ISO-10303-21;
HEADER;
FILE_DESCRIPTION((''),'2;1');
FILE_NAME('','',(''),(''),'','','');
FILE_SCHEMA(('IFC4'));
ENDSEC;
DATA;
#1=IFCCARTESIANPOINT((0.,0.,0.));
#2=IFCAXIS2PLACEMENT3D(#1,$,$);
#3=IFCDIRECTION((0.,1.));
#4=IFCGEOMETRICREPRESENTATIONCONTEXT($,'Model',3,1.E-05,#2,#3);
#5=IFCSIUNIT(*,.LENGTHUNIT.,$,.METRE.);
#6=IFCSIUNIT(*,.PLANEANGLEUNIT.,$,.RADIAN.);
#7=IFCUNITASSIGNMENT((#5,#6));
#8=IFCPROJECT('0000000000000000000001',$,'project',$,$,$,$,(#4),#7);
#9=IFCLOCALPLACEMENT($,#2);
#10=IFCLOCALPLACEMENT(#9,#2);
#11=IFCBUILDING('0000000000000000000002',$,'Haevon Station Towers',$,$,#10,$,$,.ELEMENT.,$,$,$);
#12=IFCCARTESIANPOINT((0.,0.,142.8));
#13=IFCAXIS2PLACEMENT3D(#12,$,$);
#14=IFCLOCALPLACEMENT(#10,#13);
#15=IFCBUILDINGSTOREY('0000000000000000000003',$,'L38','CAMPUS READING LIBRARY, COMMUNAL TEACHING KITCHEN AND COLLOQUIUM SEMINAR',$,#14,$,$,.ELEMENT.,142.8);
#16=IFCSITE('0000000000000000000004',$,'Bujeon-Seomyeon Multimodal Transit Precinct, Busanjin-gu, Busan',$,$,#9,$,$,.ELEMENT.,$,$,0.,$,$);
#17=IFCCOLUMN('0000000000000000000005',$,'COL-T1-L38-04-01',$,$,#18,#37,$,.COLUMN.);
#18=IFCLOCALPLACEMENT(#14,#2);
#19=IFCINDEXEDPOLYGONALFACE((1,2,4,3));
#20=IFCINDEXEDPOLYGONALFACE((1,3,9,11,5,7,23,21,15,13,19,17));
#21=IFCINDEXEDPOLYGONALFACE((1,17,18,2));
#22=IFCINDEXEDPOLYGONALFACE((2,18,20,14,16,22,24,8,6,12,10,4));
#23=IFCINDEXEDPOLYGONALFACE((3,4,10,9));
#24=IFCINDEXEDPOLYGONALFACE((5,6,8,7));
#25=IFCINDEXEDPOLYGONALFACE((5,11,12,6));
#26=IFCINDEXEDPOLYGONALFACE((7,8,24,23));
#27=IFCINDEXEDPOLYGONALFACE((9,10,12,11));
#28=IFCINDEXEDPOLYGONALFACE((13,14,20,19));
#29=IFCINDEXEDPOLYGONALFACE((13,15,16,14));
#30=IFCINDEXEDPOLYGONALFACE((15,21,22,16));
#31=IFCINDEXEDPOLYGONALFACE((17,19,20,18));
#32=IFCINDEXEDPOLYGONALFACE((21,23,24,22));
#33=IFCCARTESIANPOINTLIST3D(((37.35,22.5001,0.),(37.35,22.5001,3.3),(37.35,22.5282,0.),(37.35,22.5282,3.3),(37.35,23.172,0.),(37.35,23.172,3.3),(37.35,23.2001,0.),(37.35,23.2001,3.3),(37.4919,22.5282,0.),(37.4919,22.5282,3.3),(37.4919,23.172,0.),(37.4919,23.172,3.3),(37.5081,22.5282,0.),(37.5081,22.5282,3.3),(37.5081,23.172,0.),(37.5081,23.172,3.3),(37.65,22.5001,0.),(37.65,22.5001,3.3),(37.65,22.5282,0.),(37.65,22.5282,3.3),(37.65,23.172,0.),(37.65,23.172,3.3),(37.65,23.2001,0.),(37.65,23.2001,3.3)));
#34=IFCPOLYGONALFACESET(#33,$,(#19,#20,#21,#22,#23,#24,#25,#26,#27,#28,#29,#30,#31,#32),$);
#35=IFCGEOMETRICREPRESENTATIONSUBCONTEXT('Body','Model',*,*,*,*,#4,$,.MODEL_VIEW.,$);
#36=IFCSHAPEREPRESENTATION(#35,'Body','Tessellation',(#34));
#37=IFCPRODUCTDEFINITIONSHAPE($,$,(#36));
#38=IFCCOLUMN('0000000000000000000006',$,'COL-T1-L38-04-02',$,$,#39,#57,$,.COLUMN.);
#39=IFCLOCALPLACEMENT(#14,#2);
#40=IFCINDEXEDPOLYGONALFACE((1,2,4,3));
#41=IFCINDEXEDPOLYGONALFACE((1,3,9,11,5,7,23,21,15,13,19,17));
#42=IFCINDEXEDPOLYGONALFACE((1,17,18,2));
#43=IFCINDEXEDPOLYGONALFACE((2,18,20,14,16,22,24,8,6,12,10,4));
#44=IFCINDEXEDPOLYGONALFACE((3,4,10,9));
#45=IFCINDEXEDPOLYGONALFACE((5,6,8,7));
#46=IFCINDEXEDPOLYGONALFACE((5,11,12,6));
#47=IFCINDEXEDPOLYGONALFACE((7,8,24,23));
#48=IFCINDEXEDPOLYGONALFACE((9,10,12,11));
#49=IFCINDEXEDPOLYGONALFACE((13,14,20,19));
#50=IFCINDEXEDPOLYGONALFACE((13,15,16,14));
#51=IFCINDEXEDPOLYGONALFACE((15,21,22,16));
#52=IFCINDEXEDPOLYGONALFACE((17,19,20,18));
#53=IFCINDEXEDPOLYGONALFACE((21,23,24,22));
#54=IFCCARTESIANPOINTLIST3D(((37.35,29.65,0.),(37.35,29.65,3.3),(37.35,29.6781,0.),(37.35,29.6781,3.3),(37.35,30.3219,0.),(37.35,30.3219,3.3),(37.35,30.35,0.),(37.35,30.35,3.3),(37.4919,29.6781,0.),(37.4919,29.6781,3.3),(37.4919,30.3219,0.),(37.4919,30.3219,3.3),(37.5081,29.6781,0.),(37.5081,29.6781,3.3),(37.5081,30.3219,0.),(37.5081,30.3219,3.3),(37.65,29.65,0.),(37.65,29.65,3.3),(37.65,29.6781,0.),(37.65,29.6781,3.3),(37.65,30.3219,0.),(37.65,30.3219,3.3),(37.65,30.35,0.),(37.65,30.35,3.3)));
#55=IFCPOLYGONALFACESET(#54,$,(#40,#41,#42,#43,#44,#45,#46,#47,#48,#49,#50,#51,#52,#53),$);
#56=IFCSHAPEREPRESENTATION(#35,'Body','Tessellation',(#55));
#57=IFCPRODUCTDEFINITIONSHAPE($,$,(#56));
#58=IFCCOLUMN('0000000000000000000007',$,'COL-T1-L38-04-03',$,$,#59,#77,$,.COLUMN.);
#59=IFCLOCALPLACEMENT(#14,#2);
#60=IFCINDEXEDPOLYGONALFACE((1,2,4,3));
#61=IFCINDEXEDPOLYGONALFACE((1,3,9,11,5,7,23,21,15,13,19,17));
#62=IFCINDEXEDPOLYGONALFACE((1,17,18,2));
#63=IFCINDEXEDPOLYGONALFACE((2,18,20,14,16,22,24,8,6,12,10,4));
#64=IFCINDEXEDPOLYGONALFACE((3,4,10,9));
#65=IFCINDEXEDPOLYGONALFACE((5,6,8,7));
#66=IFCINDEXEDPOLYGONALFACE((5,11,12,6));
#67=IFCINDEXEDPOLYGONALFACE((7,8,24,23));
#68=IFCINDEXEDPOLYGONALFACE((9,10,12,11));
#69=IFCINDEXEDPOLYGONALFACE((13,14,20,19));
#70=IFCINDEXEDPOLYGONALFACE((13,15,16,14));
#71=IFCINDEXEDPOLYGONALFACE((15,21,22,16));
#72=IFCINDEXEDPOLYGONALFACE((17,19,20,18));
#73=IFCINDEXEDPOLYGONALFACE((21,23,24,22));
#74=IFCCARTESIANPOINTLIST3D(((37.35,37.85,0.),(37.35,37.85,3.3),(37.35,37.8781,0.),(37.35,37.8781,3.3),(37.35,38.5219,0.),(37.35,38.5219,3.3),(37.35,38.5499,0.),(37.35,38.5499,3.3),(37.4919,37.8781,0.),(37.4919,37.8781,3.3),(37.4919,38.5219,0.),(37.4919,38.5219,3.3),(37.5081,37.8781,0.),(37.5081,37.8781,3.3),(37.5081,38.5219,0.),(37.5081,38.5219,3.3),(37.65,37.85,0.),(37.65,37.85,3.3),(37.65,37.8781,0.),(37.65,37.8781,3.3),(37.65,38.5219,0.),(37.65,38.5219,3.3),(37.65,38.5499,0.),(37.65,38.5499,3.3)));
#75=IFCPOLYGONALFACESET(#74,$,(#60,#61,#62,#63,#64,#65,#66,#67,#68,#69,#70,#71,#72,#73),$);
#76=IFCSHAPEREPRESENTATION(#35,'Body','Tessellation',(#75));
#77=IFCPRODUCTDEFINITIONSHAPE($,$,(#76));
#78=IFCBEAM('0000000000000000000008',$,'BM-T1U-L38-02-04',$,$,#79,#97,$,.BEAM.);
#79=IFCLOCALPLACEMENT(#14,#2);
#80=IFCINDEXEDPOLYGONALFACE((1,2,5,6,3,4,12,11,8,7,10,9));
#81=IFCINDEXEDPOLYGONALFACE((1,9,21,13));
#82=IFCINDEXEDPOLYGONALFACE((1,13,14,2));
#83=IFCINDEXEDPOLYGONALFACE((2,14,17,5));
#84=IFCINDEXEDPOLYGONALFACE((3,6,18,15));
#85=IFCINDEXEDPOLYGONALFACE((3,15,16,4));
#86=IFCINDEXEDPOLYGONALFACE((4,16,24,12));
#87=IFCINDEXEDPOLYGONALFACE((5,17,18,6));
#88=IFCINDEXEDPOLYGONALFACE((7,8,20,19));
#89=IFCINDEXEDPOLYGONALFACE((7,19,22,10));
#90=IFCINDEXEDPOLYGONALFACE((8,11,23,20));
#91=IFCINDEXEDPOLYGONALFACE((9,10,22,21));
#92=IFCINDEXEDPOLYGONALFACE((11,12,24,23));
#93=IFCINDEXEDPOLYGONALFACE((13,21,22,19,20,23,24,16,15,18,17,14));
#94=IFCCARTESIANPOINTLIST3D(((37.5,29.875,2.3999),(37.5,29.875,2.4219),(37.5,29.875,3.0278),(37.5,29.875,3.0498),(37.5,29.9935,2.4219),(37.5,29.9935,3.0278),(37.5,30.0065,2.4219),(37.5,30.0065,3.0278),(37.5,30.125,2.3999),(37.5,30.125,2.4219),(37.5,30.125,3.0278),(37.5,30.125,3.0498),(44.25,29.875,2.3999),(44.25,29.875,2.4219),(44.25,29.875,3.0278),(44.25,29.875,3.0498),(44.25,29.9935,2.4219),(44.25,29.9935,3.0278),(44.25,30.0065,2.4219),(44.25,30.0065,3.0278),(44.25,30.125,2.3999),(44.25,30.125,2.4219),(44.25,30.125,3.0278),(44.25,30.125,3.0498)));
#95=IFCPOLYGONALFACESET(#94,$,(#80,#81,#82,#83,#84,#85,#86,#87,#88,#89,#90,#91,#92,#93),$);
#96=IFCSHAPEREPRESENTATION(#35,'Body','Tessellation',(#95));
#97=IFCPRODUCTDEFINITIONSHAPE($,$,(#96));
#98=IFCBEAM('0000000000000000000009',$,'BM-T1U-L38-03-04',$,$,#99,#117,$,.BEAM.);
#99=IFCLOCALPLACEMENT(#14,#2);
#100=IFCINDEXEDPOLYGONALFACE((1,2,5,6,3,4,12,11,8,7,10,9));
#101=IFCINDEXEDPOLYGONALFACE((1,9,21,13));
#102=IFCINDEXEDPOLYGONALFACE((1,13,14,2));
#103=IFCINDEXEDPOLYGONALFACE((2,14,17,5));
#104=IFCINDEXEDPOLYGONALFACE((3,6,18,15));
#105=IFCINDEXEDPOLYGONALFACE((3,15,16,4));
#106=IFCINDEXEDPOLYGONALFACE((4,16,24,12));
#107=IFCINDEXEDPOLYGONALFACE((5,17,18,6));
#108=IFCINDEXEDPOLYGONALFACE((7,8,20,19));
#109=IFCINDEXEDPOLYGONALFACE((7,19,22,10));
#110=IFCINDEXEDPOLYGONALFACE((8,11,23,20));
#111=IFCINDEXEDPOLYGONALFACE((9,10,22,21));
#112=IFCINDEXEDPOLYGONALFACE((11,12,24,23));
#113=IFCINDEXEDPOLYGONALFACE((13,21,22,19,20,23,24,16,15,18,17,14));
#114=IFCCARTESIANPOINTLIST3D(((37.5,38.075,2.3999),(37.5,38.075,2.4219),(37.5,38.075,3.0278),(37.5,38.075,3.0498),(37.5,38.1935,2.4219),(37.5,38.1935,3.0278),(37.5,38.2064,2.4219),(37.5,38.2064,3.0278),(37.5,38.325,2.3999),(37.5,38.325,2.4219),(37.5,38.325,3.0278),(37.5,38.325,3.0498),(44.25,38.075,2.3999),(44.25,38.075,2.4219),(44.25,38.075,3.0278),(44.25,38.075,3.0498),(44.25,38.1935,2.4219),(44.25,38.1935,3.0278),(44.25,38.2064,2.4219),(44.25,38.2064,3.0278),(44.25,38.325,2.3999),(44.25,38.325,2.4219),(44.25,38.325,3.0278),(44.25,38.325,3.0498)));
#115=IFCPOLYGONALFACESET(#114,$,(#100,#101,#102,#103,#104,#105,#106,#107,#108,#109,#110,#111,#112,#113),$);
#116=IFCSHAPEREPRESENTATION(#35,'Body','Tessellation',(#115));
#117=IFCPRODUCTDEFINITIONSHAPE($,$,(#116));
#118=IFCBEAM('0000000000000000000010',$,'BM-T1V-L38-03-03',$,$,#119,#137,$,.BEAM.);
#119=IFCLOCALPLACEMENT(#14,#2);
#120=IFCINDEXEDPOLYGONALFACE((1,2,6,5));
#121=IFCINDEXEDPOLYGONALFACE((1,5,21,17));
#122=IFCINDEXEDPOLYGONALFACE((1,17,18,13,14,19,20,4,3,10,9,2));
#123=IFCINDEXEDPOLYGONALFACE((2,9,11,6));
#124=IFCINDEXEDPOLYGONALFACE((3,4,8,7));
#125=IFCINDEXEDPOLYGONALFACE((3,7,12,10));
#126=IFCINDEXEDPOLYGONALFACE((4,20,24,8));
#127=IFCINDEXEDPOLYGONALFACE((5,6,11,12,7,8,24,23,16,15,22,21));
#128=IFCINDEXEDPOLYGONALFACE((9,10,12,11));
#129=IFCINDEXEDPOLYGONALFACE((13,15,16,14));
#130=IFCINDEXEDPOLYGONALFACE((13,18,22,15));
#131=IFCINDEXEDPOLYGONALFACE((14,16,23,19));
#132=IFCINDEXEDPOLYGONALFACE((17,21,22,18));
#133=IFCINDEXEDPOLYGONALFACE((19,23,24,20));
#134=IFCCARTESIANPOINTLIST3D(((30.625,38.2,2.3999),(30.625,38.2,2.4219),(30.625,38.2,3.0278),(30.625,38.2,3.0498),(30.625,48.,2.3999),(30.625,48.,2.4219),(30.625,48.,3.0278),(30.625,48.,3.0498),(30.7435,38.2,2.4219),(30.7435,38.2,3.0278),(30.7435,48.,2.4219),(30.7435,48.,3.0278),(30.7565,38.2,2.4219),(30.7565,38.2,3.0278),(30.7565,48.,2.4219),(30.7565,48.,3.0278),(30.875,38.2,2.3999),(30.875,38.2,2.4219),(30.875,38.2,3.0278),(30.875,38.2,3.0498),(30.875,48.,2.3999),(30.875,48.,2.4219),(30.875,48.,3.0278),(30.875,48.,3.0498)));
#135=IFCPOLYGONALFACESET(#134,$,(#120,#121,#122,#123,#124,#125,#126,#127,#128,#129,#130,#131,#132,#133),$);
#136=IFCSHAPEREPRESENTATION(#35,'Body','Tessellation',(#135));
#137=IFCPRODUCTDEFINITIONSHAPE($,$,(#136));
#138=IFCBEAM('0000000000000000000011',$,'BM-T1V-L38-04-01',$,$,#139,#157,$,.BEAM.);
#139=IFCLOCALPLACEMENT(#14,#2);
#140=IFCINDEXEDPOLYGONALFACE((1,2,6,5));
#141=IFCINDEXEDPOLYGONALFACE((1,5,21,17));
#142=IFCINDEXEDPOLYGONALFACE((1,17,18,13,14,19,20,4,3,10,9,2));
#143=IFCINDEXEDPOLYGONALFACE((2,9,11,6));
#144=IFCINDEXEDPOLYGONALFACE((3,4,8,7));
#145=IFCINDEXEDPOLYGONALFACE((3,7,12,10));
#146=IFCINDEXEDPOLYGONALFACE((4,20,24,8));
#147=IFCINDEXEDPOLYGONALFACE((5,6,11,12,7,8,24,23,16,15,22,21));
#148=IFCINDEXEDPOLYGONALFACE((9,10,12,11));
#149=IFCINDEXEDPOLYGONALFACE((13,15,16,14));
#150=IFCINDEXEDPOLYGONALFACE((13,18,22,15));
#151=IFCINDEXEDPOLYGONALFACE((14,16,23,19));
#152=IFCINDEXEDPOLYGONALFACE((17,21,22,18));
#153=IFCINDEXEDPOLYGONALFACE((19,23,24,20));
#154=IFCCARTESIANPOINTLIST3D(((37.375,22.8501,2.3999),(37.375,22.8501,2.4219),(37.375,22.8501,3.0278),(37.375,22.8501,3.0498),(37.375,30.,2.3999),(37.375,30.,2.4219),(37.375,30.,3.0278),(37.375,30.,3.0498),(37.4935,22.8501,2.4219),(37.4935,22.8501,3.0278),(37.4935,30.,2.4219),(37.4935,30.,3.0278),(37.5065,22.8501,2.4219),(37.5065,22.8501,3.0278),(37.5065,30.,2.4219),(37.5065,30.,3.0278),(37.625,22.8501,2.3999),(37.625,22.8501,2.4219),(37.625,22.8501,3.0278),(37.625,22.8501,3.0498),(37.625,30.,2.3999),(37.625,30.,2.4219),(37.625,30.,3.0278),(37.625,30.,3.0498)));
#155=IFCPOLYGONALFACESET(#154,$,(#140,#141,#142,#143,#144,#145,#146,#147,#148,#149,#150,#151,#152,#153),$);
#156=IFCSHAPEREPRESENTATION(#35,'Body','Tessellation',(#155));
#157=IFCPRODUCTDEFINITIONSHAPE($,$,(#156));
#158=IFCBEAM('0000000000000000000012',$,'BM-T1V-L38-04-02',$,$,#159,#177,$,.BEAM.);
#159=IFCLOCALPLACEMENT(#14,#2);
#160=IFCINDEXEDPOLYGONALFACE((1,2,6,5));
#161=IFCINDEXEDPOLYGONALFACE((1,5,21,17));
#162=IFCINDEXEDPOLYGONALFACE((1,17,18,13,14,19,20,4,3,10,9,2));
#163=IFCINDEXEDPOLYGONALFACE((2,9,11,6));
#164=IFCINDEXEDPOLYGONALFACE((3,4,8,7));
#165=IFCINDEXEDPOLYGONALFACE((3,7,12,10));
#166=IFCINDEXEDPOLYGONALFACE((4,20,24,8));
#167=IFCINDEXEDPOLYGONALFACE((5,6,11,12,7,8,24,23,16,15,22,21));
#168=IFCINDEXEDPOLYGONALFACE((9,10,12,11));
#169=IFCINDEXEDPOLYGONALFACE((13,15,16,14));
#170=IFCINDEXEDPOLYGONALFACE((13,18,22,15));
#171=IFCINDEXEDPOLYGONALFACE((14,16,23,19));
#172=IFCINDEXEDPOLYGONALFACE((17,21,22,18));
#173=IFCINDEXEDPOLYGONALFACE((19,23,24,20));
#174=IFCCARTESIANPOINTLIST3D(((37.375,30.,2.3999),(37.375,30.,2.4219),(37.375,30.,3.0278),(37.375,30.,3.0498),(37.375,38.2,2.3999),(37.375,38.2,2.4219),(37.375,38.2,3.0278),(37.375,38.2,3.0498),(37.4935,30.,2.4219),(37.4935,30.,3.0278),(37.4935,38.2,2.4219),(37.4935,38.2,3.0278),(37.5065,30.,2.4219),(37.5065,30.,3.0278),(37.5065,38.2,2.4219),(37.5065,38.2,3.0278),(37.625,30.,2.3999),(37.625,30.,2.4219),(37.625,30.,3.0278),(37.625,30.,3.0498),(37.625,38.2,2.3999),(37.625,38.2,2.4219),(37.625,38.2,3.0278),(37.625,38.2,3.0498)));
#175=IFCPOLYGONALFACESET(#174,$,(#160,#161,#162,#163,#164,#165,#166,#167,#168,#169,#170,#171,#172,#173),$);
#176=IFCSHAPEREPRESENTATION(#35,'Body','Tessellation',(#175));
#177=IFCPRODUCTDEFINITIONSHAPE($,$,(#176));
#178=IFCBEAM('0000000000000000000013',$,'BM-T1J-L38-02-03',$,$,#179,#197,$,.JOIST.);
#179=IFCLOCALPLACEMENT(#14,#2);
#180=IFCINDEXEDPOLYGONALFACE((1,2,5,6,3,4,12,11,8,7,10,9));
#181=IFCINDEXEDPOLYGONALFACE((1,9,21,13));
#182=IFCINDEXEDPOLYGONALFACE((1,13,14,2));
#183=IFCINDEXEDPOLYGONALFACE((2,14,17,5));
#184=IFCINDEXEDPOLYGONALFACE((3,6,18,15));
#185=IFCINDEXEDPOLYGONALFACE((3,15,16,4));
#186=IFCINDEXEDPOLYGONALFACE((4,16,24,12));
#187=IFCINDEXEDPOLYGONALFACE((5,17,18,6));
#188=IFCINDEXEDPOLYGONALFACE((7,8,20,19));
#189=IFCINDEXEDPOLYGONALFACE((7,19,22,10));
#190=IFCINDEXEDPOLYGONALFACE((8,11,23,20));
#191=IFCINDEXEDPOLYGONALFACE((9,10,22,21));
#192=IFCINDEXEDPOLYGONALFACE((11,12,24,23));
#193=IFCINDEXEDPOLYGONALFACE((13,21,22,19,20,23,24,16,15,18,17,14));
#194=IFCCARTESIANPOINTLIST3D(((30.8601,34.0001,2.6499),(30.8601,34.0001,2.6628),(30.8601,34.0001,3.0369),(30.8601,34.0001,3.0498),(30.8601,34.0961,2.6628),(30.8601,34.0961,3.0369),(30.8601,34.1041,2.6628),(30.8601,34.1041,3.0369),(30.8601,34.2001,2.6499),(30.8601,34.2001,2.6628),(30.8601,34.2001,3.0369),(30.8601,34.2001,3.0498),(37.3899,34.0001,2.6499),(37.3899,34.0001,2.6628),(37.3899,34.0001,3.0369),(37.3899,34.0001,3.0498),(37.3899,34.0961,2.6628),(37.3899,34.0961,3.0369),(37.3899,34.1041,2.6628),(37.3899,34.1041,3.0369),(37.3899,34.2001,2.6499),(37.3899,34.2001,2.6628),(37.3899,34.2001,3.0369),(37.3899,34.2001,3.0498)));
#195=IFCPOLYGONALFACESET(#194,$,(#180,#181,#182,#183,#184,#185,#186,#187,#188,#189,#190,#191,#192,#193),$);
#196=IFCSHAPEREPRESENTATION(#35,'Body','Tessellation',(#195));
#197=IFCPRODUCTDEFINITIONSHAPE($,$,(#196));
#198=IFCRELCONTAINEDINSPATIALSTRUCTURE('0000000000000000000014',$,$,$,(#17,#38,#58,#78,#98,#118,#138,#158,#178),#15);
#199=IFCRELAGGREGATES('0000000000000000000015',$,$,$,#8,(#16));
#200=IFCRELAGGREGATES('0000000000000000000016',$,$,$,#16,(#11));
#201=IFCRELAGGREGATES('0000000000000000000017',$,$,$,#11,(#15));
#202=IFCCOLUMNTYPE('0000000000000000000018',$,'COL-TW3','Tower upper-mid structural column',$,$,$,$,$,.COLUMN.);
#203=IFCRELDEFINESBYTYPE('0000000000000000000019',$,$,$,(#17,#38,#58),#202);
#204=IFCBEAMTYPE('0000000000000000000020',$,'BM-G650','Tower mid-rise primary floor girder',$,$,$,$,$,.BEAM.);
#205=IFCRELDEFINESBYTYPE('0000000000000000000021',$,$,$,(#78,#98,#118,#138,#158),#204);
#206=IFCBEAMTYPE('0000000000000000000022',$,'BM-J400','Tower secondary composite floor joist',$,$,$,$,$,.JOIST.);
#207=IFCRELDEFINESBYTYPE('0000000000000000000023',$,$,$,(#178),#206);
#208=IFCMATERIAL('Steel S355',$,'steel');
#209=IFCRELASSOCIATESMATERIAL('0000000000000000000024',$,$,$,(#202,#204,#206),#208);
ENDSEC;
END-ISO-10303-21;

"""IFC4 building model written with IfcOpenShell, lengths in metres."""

from ifc_helpers import new_model, si_unit, direction, frame, origin, origin_2d, place, context, subcontext, project, spatial, i_section, extrude, material, material_profile, profile_set, type_object, element, save


model = new_model("IFC4")

# Units and contexts
model_context = context("Model", 3, precision=1e-05, world=origin(), true_north=direction((0.0, 1.0)))
body_context = subcontext(model_context, "Body", "Model", "MODEL_VIEW")
ifc_project = project(units=[si_unit("LENGTHUNIT", "METRE"), si_unit("PLANEANGLEUNIT", "RADIAN")], contexts=[model_context])

# Site, building, storey
site_placement = place(None, origin())
site = spatial("IfcSite", under=ifc_project, at=site_placement, Name="Bujeon-Seomyeon Multimodal Transit Precinct, Busanjin-gu, Busan", CompositionType="ELEMENT", RefElevation=0.0)
building_placement = place(site_placement, origin())
building = spatial("IfcBuilding", under=site, at=building_placement, Name="Haevon Station Towers", CompositionType="ELEMENT")
storey_placement = place(building_placement, frame((0.0, 0.0, 142.8)))
storey = spatial("IfcBuildingStorey", under=building, at=storey_placement, Name="L38", Description="CAMPUS READING LIBRARY, COMMUNAL TEACHING KITCHEN AND COLLOQUIUM SEMINAR", CompositionType="ELEMENT", Elevation=142.8)

# Columns
ifc_material_1 = material(Name="Steel S355", Category="steel")
ifc_material_profile_1 = material_profile(ifc_material_1, i_section(OverallWidth=0.3, OverallDepth=0.7, WebThickness=0.0161, FlangeThickness=0.0281, at=origin_2d()), Name="H-700x300x16x28")
ifc_profile_set_1 = profile_set([ifc_material_profile_1], Name="Steel S355")
column_type = type_object("IfcColumnType", Name="COL-TW3", Description="Tower upper-mid structural column", PredefinedType="COLUMN", material=ifc_profile_set_1)
for number, where, z_axis, x_axis, name in (
    (1, (37.5, 22.8501, 0.0), (0.0, 0.0, 1.0), (1.0, 0.0, 0.0), "COL-T1-L38-04-01"),
    (2, (37.5, 30.0, 0.0), (0.0, 0.0, 1.0), (1.0, 0.0, 0.0), "COL-T1-L38-04-02"),
    (3, (37.5, 38.2, 0.0), (0.0, 0.0, 1.0), (1.0, 0.0, 0.0), "COL-T1-L38-04-03"),
):
    element("IfcColumn", number, at=place(storey_placement, frame(where, z_axis=z_axis, x_axis=x_axis)), inside=storey, type_object=column_type, Name=name, PredefinedType="COLUMN", context=body_context, shape_type="SweptSolid", body=[
        extrude(i_section(OverallWidth=0.3, OverallDepth=0.7, WebThickness=0.0161, FlangeThickness=0.0281, at=origin_2d()), origin(), (0.0, 0.0, 1.0), 3.3),
    ])

# Beams
ifc_material_profile_2 = material_profile(ifc_material_1, i_section(OverallWidth=0.25, OverallDepth=0.6499, WebThickness=0.0129, FlangeThickness=0.022, at=origin_2d()), Name="H-650x250x13x22")
ifc_profile_set_2 = profile_set([ifc_material_profile_2], Name="Steel S355")
beam_type_1 = type_object("IfcBeamType", Name="BM-G650", Description="Tower mid-rise primary floor girder", PredefinedType="BEAM", material=ifc_profile_set_2)
for number, where, z_axis, x_axis, name in (
    (4, (37.5, 30.0, 2.7249), (1.0, 0.0, 0.0), (0.0, 1.0, 0.0), "BM-T1U-L38-02-04"),
    (5, (37.5, 38.2, 2.7249), (1.0, 0.0, 0.0), (0.0, 1.0, 0.0), "BM-T1U-L38-03-04"),
):
    element("IfcBeam", number, at=place(storey_placement, frame(where, z_axis=z_axis, x_axis=x_axis)), inside=storey, type_object=beam_type_1, Name=name, PredefinedType="BEAM", context=body_context, shape_type="SweptSolid", body=[
        extrude(i_section(OverallWidth=0.25, OverallDepth=0.6499, WebThickness=0.0129, FlangeThickness=0.022, at=origin_2d()), origin(), (0.0, 0.0, 1.0), 6.75),
    ])
beam_1_placement = place(storey_placement, frame((30.75, 38.2, 2.7249), z_axis=(0.0, 1.0, 0.0), x_axis=(-1.0, 0.0, 0.0)))
element("IfcBeam", 6, at=beam_1_placement, inside=storey, type_object=beam_type_1, Name="BM-T1V-L38-03-03", PredefinedType="BEAM", context=body_context, shape_type="SweptSolid", body=[
    extrude(i_section(OverallWidth=0.25, OverallDepth=0.6499, WebThickness=0.0129, FlangeThickness=0.022, at=origin_2d()), origin(), (0.0, 0.0, 1.0), 9.8),
])
beam_2_placement = place(storey_placement, frame((37.5, 22.8501, 2.7249), z_axis=(0.0, 1.0, 0.0), x_axis=(-1.0, 0.0, 0.0)))
element("IfcBeam", 7, at=beam_2_placement, inside=storey, type_object=beam_type_1, Name="BM-T1V-L38-04-01", PredefinedType="BEAM", context=body_context, shape_type="SweptSolid", body=[
    extrude(i_section(OverallWidth=0.25, OverallDepth=0.6499, WebThickness=0.0129, FlangeThickness=0.022, at=origin_2d()), origin(), (0.0, 0.0, 1.0), 7.1499),
])
beam_3_placement = place(storey_placement, frame((37.5, 30.0, 2.7249), z_axis=(0.0, 1.0, 0.0), x_axis=(-1.0, 0.0, 0.0)))
element("IfcBeam", 8, at=beam_3_placement, inside=storey, type_object=beam_type_1, Name="BM-T1V-L38-04-02", PredefinedType="BEAM", context=body_context, shape_type="SweptSolid", body=[
    extrude(i_section(OverallWidth=0.25, OverallDepth=0.6499, WebThickness=0.0129, FlangeThickness=0.022, at=origin_2d()), origin(), (0.0, 0.0, 1.0), 8.2),
])
ifc_material_profile_3 = material_profile(ifc_material_1, i_section(OverallWidth=0.2, OverallDepth=0.3999, WebThickness=0.0081, FlangeThickness=0.0129, at=origin_2d()), Name="H-400x200x8x13")
ifc_profile_set_3 = profile_set([ifc_material_profile_3], Name="Steel S355")
beam_type_2 = type_object("IfcBeamType", Name="BM-J400", Description="Tower secondary composite floor joist", PredefinedType="JOIST", material=ifc_profile_set_3)
for number, where, z_axis, x_axis, name in (
    (9, (30.8601, 34.1001, 2.8499), (1.0, 0.0, 0.0), (0.0, 1.0, 0.0), "BM-T1J-L38-02-03"),
):
    element("IfcBeam", number, at=place(storey_placement, frame(where, z_axis=z_axis, x_axis=x_axis)), inside=storey, type_object=beam_type_2, Name=name, PredefinedType="JOIST", context=body_context, shape_type="SweptSolid", body=[
        extrude(i_section(OverallWidth=0.2, OverallDepth=0.3999, WebThickness=0.0081, FlangeThickness=0.0129, at=origin_2d()), origin(), (0.0, 0.0, 1.0), 6.5298),
    ])

save(model, "model.ifc")
